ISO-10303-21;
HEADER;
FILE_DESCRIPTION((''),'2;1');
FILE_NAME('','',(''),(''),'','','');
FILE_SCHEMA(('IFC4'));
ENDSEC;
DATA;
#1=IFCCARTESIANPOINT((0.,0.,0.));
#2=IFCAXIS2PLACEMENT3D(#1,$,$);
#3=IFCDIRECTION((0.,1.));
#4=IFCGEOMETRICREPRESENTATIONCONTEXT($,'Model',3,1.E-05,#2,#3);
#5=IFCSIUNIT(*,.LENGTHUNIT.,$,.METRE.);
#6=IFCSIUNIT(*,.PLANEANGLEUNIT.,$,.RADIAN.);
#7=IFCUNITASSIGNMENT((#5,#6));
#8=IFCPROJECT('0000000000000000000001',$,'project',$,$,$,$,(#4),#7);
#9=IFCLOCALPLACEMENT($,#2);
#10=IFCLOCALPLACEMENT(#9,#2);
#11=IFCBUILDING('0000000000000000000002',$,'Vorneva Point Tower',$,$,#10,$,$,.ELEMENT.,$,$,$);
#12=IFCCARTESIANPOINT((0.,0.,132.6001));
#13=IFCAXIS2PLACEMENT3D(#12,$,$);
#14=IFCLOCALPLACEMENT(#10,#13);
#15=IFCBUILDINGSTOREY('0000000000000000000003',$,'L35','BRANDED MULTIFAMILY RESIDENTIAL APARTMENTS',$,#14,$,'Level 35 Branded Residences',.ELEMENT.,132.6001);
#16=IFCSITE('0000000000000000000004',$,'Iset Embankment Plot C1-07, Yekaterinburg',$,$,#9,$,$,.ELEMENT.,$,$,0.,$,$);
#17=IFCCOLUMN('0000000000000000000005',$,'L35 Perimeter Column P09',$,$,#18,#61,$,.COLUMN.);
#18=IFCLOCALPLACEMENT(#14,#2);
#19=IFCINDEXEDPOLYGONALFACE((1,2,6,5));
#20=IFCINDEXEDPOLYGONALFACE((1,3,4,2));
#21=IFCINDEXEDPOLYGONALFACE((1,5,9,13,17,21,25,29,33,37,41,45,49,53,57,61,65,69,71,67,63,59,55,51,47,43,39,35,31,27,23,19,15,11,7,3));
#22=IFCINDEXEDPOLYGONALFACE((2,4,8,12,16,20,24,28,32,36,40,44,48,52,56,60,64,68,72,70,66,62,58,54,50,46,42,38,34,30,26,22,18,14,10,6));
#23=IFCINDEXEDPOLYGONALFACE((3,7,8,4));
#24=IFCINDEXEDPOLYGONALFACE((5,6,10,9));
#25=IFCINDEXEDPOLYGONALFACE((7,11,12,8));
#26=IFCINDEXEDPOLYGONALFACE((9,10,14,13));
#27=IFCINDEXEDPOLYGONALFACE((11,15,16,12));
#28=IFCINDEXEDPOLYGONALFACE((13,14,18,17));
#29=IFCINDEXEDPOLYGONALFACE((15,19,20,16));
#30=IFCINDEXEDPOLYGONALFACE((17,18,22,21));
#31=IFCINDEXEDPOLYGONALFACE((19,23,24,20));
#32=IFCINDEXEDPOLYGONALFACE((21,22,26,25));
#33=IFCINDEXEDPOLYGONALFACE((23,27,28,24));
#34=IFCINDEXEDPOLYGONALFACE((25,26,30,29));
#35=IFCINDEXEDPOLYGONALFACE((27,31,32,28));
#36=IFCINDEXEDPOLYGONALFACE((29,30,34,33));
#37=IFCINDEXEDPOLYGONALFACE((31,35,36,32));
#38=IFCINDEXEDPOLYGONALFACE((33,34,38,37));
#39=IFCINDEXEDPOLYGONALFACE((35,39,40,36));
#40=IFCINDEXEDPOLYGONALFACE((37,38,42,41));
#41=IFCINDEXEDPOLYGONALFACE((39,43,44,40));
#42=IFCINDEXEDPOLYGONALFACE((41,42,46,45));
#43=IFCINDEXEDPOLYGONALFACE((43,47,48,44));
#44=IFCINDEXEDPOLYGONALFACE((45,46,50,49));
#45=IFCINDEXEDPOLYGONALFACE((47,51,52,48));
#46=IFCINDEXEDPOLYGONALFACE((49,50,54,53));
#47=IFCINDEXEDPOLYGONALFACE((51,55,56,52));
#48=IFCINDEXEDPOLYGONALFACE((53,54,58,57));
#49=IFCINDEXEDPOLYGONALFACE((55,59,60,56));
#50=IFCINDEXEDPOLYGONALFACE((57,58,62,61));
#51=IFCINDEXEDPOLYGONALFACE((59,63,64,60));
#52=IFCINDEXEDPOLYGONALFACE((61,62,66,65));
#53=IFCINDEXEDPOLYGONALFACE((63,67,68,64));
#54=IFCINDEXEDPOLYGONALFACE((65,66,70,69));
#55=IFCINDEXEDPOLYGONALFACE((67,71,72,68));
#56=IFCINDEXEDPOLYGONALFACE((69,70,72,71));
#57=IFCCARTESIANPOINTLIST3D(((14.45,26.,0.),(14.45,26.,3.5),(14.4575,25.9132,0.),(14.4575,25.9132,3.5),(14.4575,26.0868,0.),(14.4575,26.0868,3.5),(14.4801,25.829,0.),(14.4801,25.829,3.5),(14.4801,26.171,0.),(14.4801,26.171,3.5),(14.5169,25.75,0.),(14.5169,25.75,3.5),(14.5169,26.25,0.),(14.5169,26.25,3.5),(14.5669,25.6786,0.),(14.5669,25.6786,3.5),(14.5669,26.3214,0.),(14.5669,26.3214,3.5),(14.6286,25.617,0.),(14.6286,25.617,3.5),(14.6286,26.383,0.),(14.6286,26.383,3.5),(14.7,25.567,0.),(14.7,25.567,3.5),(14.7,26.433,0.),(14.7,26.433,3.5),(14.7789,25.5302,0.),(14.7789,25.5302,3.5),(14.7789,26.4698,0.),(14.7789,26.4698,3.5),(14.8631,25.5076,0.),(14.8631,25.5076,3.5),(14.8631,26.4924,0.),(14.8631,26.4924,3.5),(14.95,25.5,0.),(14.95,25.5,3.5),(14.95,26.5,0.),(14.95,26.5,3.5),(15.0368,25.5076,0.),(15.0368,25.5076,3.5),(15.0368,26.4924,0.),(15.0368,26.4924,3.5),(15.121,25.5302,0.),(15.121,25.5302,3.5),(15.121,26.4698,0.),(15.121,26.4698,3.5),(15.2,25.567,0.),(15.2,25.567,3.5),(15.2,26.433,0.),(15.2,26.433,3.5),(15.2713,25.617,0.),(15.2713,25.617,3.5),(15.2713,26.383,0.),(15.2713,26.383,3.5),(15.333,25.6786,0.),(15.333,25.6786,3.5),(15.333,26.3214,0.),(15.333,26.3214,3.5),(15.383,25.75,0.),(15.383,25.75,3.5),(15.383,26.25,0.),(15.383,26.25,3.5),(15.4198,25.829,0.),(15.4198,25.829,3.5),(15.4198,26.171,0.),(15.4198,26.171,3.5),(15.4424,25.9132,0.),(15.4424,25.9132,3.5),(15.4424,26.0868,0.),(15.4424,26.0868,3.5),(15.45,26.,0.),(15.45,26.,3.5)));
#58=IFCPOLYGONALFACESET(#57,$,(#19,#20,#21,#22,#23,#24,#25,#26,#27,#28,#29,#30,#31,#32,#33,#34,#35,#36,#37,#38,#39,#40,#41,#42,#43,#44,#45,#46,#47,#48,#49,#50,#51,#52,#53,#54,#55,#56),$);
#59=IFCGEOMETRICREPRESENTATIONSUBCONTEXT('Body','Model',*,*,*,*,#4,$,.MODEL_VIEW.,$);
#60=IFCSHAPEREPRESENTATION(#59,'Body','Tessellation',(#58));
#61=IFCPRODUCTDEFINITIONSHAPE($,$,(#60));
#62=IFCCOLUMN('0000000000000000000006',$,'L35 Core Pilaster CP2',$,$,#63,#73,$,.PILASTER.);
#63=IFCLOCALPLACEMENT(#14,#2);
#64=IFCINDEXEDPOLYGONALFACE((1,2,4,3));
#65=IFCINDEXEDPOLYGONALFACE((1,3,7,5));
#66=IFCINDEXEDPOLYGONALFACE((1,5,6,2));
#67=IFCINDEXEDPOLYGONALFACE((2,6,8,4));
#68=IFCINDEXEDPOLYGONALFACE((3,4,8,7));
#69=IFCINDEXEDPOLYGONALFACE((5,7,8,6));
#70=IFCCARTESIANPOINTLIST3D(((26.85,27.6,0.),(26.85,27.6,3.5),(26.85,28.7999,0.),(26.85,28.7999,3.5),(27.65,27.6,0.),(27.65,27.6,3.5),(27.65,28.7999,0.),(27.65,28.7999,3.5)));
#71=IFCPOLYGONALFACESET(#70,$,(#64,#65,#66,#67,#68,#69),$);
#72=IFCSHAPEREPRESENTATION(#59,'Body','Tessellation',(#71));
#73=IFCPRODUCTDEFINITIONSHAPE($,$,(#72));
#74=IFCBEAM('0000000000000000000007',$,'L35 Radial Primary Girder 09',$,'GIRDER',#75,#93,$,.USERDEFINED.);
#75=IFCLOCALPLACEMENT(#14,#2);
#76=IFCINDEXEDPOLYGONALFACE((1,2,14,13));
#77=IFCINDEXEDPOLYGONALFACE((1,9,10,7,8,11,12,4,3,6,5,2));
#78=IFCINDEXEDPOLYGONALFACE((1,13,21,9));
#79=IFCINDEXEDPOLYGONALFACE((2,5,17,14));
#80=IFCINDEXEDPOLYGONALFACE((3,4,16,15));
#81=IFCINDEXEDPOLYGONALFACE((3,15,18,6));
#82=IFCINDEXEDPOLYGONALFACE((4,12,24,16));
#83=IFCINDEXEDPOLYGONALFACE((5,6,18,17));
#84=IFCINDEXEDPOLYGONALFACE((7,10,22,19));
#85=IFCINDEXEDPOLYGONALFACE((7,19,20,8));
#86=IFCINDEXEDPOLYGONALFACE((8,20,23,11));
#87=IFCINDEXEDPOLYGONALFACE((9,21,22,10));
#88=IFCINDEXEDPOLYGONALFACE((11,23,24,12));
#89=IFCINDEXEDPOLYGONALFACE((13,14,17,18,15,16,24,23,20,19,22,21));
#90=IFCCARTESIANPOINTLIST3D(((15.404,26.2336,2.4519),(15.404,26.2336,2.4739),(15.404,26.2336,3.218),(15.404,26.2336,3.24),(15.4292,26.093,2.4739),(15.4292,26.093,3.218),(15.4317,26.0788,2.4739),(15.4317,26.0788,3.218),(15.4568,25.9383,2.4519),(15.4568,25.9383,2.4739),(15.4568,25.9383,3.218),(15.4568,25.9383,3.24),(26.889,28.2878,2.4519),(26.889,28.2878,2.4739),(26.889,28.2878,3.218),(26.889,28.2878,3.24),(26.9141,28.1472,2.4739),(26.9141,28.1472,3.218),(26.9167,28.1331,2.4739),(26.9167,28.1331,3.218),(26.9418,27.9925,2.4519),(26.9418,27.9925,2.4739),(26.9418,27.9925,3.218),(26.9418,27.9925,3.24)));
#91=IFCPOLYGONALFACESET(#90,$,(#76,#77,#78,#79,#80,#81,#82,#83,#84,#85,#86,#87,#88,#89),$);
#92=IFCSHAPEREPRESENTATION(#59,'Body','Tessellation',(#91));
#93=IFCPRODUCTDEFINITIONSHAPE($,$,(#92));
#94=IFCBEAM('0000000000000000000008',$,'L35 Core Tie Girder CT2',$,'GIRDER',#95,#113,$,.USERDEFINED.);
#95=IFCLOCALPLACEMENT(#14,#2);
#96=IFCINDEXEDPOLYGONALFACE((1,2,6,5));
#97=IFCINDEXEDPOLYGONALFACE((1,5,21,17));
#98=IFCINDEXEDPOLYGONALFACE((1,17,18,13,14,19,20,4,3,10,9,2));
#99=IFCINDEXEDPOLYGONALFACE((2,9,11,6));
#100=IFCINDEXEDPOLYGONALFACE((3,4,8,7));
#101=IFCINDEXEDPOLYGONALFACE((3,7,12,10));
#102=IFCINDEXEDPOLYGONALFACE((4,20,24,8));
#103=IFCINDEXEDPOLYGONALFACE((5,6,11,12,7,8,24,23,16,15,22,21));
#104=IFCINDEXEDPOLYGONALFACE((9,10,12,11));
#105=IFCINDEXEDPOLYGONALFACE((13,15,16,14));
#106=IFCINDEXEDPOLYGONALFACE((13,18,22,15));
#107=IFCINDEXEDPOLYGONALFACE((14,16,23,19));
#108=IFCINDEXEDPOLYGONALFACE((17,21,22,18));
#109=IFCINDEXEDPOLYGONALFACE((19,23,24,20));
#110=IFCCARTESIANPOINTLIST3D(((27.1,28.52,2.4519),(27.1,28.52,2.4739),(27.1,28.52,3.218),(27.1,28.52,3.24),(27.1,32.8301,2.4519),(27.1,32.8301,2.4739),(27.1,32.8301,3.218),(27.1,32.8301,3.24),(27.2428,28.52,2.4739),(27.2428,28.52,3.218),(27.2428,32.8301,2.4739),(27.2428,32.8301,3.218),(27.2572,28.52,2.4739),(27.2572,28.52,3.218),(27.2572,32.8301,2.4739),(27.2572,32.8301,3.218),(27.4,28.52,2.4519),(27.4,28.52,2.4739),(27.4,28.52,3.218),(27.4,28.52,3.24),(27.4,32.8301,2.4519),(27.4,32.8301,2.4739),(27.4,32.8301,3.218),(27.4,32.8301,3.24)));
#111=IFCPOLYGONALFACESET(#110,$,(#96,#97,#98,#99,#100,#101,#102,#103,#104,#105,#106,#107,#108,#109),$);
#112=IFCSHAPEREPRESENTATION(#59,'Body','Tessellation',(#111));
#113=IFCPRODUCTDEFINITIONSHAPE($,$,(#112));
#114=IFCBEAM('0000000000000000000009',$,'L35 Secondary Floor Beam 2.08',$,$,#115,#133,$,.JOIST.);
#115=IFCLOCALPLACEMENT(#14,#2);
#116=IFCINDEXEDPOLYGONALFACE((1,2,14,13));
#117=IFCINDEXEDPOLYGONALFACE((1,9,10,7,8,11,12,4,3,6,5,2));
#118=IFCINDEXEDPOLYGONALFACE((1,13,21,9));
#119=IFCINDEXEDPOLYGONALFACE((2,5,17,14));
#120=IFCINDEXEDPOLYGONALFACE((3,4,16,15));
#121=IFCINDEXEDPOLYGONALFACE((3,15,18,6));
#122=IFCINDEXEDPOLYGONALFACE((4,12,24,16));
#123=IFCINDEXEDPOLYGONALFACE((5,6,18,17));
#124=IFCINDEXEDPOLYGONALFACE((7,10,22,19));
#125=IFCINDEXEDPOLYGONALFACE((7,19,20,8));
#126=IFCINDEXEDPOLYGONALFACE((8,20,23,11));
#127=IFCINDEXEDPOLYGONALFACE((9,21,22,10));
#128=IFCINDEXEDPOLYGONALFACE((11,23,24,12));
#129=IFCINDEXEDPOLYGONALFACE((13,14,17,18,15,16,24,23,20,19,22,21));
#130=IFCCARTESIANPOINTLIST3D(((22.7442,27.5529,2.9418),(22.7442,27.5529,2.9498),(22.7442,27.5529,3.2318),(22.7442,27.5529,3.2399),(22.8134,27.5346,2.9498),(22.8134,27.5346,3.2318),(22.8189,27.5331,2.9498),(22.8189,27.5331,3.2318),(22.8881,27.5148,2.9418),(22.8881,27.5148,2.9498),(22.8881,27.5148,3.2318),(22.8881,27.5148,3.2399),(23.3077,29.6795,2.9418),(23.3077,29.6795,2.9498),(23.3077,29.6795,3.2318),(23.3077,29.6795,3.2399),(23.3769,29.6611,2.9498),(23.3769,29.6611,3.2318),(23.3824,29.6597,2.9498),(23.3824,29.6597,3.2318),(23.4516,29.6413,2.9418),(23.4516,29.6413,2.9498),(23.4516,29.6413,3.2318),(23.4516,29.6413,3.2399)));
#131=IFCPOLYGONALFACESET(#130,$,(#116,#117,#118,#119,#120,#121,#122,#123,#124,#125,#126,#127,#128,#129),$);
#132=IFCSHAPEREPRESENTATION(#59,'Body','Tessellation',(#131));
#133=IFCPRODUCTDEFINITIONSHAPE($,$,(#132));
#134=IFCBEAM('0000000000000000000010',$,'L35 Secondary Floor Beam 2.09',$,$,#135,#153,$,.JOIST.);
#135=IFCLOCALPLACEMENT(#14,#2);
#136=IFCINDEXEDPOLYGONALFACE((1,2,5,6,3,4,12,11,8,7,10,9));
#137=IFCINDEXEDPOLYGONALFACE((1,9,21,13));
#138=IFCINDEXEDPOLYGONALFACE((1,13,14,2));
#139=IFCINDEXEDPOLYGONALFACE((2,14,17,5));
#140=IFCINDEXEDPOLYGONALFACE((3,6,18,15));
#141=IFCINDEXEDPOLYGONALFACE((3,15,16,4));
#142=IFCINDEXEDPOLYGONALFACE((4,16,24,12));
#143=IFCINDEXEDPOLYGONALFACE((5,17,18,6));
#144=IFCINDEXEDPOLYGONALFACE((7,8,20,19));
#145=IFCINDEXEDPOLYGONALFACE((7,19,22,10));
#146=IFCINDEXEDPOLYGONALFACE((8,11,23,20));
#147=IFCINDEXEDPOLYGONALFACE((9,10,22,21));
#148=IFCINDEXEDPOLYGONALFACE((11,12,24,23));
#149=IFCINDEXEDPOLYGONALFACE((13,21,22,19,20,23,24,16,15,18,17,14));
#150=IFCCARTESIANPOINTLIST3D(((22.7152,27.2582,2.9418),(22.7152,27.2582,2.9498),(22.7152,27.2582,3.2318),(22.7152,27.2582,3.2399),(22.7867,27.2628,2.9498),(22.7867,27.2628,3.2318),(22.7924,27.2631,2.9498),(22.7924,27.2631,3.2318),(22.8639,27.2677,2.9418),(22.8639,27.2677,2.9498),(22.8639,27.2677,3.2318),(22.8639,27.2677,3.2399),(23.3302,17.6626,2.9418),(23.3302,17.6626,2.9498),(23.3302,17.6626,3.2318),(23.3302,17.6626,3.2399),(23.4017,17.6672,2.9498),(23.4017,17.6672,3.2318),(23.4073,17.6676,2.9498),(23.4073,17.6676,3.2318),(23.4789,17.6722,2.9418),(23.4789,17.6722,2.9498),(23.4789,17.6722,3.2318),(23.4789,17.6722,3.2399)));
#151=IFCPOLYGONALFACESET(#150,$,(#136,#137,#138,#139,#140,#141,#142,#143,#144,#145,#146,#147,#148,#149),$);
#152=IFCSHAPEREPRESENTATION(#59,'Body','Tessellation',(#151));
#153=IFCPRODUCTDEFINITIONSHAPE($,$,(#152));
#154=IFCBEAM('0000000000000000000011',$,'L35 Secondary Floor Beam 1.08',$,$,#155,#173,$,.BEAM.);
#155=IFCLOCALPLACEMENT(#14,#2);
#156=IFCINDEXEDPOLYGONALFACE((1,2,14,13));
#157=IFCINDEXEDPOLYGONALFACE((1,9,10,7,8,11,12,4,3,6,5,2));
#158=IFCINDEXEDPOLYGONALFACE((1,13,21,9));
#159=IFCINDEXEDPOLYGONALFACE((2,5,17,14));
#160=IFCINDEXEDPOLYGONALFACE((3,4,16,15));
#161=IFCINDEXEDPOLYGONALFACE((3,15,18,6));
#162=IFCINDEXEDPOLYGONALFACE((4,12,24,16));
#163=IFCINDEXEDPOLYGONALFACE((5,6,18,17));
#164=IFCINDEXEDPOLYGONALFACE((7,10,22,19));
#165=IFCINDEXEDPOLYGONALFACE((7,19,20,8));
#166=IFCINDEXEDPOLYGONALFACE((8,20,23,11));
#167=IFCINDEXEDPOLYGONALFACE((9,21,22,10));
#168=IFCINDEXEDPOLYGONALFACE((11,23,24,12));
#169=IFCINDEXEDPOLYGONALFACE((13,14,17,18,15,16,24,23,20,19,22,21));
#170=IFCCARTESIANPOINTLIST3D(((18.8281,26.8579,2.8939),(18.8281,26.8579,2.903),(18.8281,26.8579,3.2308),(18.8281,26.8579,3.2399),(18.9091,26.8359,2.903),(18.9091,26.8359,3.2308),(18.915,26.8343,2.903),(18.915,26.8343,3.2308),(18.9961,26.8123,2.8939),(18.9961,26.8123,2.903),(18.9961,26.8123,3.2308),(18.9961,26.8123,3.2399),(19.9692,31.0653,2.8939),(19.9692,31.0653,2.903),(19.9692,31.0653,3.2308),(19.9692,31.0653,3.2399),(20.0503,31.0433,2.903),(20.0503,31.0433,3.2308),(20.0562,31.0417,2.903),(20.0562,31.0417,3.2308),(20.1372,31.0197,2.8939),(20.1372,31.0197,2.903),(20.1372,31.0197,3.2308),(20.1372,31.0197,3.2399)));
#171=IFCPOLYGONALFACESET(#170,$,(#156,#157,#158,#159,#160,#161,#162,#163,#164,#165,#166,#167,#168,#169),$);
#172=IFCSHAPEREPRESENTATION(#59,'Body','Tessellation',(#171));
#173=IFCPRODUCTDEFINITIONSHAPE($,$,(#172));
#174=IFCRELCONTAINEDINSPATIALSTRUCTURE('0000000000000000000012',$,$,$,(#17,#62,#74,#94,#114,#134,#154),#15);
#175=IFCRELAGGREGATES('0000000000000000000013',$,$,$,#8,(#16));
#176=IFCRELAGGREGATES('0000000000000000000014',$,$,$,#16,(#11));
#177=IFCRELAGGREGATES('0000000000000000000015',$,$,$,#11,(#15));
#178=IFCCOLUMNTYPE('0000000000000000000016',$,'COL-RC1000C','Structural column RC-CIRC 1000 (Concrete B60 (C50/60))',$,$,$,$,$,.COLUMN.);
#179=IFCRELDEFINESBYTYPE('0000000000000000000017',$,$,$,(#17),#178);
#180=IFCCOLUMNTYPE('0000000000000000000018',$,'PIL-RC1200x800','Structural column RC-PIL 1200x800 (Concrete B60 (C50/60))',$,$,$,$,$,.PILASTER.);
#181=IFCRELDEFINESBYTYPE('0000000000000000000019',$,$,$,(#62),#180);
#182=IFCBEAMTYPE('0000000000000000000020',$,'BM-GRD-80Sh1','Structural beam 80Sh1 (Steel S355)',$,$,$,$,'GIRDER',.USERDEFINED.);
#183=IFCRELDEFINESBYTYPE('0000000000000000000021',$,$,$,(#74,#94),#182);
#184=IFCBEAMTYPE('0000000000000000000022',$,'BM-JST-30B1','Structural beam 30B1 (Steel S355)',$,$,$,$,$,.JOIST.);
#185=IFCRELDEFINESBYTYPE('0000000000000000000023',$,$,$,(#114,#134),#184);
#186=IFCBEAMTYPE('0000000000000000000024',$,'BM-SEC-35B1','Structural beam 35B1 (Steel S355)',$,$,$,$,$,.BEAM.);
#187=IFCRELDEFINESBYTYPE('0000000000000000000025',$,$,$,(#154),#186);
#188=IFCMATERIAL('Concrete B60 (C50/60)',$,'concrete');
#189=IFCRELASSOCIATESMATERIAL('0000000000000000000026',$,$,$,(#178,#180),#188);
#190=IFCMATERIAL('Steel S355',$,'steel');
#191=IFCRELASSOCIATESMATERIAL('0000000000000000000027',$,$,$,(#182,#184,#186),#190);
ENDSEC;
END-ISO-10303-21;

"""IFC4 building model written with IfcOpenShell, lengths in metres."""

from ifc_helpers import new_model, si_unit, direction, frame, origin, origin_2d, place, context, subcontext, project, spatial, rectangle, circle, i_section, extrude, material, material_profile, profile_set, type_object, element, save


model = new_model("IFC4")

# Units and contexts
model_context = context("Model", 3, precision=1e-05, world=origin(), true_north=direction((0.0, 1.0)))
body_context = subcontext(model_context, "Body", "Model", "MODEL_VIEW")
ifc_project = project(units=[si_unit("LENGTHUNIT", "METRE"), si_unit("PLANEANGLEUNIT", "RADIAN")], contexts=[model_context])

# Site, building, storey
site_placement = place(None, origin())
site = spatial("IfcSite", under=ifc_project, at=site_placement, Name="Iset Embankment Plot C1-07, Yekaterinburg", CompositionType="ELEMENT", RefElevation=0.0)
building_placement = place(site_placement, origin())
building = spatial("IfcBuilding", under=site, at=building_placement, Name="Vorneva Point Tower", CompositionType="ELEMENT")
storey_placement = place(building_placement, frame((0.0, 0.0, 132.6001)))
storey = spatial("IfcBuildingStorey", under=building, at=storey_placement, Name="L35", Description="BRANDED MULTIFAMILY RESIDENTIAL APARTMENTS", LongName="Level 35 Branded Residences", CompositionType="ELEMENT", Elevation=132.6001)

# Columns
ifc_material_1 = material(Name="Concrete B60 (C50/60)", Category="concrete")
ifc_material_profile_1 = material_profile(ifc_material_1, circle(Radius=0.5, at=origin_2d()), Name="RC-CIRC 1000")
ifc_profile_set_1 = profile_set([ifc_material_profile_1], Name="Concrete B60 (C50/60)")
column_type_1 = type_object("IfcColumnType", Name="COL-RC1000C", Description="Structural column RC-CIRC 1000 (Concrete B60 (C50/60))", PredefinedType="COLUMN", material=ifc_profile_set_1)
column_1_placement = place(storey_placement, frame((14.95, 26.0, 0.0), z_axis=(0.0, 0.0, 1.0), x_axis=(-1.0, 0.0, 0.0)))
element("IfcColumn", 1, at=column_1_placement, inside=storey, type_object=column_type_1, Name="L35 Perimeter Column P09", PredefinedType="COLUMN", context=body_context, shape_type="SweptSolid", body=[
    extrude(circle(Radius=0.5, at=origin_2d()), origin(), (0.0, 0.0, 1.0), 3.5),
])
ifc_material_profile_2 = material_profile(ifc_material_1, rectangle(XDim=0.8, YDim=1.2, at=origin_2d()), Name="RC-PIL 1200x800")
ifc_profile_set_2 = profile_set([ifc_material_profile_2], Name="Concrete B60 (C50/60)")
column_type_2 = type_object("IfcColumnType", Name="PIL-RC1200x800", Description="Structural column RC-PIL 1200x800 (Concrete B60 (C50/60))", PredefinedType="PILASTER", material=ifc_profile_set_2)
column_2_placement = place(storey_placement, frame((27.25, 28.2, 0.0), z_axis=(0.0, 0.0, 1.0), x_axis=(1.0, 0.0, 0.0)))
element("IfcColumn", 2, at=column_2_placement, inside=storey, type_object=column_type_2, Name="L35 Core Pilaster CP2", PredefinedType="PILASTER", context=body_context, shape_type="SweptSolid", body=[
    extrude(rectangle(XDim=0.8, YDim=1.2, at=origin_2d()), origin(), (0.0, 0.0, 1.0), 3.5),
])

# Beams
ifc_material_2 = material(Name="Steel S355", Category="steel")
ifc_material_profile_3 = material_profile(ifc_material_2, i_section(OverallWidth=0.3, OverallDepth=0.7881, WebThickness=0.0144, FlangeThickness=0.022, at=origin_2d()), Name="80Sh1")
ifc_profile_set_3 = profile_set([ifc_material_profile_3], Name="Steel S355")
beam_type_1 = type_object("IfcBeamType", Name="BM-GRD-80Sh1", Description="Structural beam 80Sh1 (Steel S355)", ElementType="GIRDER", PredefinedType="USERDEFINED", material=ifc_profile_set_3)
beam_1_placement = place(storey_placement, frame((15.4304, 26.0859, 2.8459), z_axis=(0.984378, 0.176067, 0.0), x_axis=(-0.176067, 0.984378, 0.0)))
element("IfcBeam", 3, at=beam_1_placement, inside=storey, type_object=beam_type_1, Name="L35 Radial Primary Girder 09", ObjectType="GIRDER", PredefinedType="USERDEFINED", context=body_context, shape_type="SweptSolid", body=[
    extrude(i_section(OverallWidth=0.3, OverallDepth=0.7881, WebThickness=0.0144, FlangeThickness=0.022, at=origin_2d()), origin(), (0.0, 0.0, 1.0), 11.6672),
])
beam_2_placement = place(storey_placement, frame((27.25, 28.52, 2.8459), z_axis=(0.0, 1.0, 0.0), x_axis=(-1.0, 0.0, 0.0)))
element("IfcBeam", 4, at=beam_2_placement, inside=storey, type_object=beam_type_1, Name="L35 Core Tie Girder CT2", ObjectType="GIRDER", PredefinedType="USERDEFINED", context=body_context, shape_type="SweptSolid", body=[
    extrude(i_section(OverallWidth=0.3, OverallDepth=0.7881, WebThickness=0.0144, FlangeThickness=0.022, at=origin_2d()), origin(), (0.0, 0.0, 1.0), 4.3101),
])
ifc_material_profile_4 = material_profile(ifc_material_2, i_section(OverallWidth=0.1489, OverallDepth=0.2981, WebThickness=0.0056, FlangeThickness=0.0081, at=origin_2d()), Name="30B1")
ifc_profile_set_4 = profile_set([ifc_material_profile_4], Name="Steel S355")
beam_type_2 = type_object("IfcBeamType", Name="BM-JST-30B1", Description="Structural beam 30B1 (Steel S355)", PredefinedType="JOIST", material=ifc_profile_set_4)
beam_3_placement = place(storey_placement, frame((23.3796, 29.6604, 3.0908), z_axis=(-0.256143, -0.966639, 0.0), x_axis=(0.966639, -0.256143, 0.0)))
element("IfcBeam", 5, at=beam_3_placement, inside=storey, type_object=beam_type_2, Name="L35 Secondary Floor Beam 2.08", PredefinedType="JOIST", context=body_context, shape_type="SweptSolid", body=[
    extrude(i_section(OverallWidth=0.1489, OverallDepth=0.2981, WebThickness=0.0056, FlangeThickness=0.0081, at=origin_2d()), origin(), (0.0, 0.0, 1.0), 2.2),
])
beam_4_placement = place(storey_placement, frame((22.7896, 27.2629, 3.0908), z_axis=(0.063961, -0.997952, 0.0), x_axis=(0.997952, 0.063961, 0.0)))
element("IfcBeam", 6, at=beam_4_placement, inside=storey, type_object=beam_type_2, Name="L35 Secondary Floor Beam 2.09", PredefinedType="JOIST", context=body_context, shape_type="SweptSolid", body=[
    extrude(i_section(OverallWidth=0.1489, OverallDepth=0.2981, WebThickness=0.0056, FlangeThickness=0.0081, at=origin_2d()), origin(), (0.0, 0.0, 1.0), 9.6152),
])
ifc_material_profile_5 = material_profile(ifc_material_2, i_section(OverallWidth=0.1741, OverallDepth=0.3459, WebThickness=0.0061, FlangeThickness=0.009, at=origin_2d()), Name="35B1")
ifc_profile_set_5 = profile_set([ifc_material_profile_5], Name="Steel S355")
beam_type_3 = type_object("IfcBeamType", Name="BM-SEC-35B1", Description="Structural beam 35B1 (Steel S355)", PredefinedType="BEAM", material=ifc_profile_set_5)
beam_5_placement = place(storey_placement, frame((20.0532, 31.0425, 3.0669), z_axis=(-0.261767, -0.965131, 0.0), x_axis=(0.965131, -0.261767, 0.0)))
element("IfcBeam", 7, at=beam_5_placement, inside=storey, type_object=beam_type_3, Name="L35 Secondary Floor Beam 1.08", PredefinedType="BEAM", context=body_context, shape_type="SweptSolid", body=[
    extrude(i_section(OverallWidth=0.1741, OverallDepth=0.3459, WebThickness=0.0061, FlangeThickness=0.009, at=origin_2d()), origin(), (0.0, 0.0, 1.0), 4.3594),
])

save(model, "model.ifc")
